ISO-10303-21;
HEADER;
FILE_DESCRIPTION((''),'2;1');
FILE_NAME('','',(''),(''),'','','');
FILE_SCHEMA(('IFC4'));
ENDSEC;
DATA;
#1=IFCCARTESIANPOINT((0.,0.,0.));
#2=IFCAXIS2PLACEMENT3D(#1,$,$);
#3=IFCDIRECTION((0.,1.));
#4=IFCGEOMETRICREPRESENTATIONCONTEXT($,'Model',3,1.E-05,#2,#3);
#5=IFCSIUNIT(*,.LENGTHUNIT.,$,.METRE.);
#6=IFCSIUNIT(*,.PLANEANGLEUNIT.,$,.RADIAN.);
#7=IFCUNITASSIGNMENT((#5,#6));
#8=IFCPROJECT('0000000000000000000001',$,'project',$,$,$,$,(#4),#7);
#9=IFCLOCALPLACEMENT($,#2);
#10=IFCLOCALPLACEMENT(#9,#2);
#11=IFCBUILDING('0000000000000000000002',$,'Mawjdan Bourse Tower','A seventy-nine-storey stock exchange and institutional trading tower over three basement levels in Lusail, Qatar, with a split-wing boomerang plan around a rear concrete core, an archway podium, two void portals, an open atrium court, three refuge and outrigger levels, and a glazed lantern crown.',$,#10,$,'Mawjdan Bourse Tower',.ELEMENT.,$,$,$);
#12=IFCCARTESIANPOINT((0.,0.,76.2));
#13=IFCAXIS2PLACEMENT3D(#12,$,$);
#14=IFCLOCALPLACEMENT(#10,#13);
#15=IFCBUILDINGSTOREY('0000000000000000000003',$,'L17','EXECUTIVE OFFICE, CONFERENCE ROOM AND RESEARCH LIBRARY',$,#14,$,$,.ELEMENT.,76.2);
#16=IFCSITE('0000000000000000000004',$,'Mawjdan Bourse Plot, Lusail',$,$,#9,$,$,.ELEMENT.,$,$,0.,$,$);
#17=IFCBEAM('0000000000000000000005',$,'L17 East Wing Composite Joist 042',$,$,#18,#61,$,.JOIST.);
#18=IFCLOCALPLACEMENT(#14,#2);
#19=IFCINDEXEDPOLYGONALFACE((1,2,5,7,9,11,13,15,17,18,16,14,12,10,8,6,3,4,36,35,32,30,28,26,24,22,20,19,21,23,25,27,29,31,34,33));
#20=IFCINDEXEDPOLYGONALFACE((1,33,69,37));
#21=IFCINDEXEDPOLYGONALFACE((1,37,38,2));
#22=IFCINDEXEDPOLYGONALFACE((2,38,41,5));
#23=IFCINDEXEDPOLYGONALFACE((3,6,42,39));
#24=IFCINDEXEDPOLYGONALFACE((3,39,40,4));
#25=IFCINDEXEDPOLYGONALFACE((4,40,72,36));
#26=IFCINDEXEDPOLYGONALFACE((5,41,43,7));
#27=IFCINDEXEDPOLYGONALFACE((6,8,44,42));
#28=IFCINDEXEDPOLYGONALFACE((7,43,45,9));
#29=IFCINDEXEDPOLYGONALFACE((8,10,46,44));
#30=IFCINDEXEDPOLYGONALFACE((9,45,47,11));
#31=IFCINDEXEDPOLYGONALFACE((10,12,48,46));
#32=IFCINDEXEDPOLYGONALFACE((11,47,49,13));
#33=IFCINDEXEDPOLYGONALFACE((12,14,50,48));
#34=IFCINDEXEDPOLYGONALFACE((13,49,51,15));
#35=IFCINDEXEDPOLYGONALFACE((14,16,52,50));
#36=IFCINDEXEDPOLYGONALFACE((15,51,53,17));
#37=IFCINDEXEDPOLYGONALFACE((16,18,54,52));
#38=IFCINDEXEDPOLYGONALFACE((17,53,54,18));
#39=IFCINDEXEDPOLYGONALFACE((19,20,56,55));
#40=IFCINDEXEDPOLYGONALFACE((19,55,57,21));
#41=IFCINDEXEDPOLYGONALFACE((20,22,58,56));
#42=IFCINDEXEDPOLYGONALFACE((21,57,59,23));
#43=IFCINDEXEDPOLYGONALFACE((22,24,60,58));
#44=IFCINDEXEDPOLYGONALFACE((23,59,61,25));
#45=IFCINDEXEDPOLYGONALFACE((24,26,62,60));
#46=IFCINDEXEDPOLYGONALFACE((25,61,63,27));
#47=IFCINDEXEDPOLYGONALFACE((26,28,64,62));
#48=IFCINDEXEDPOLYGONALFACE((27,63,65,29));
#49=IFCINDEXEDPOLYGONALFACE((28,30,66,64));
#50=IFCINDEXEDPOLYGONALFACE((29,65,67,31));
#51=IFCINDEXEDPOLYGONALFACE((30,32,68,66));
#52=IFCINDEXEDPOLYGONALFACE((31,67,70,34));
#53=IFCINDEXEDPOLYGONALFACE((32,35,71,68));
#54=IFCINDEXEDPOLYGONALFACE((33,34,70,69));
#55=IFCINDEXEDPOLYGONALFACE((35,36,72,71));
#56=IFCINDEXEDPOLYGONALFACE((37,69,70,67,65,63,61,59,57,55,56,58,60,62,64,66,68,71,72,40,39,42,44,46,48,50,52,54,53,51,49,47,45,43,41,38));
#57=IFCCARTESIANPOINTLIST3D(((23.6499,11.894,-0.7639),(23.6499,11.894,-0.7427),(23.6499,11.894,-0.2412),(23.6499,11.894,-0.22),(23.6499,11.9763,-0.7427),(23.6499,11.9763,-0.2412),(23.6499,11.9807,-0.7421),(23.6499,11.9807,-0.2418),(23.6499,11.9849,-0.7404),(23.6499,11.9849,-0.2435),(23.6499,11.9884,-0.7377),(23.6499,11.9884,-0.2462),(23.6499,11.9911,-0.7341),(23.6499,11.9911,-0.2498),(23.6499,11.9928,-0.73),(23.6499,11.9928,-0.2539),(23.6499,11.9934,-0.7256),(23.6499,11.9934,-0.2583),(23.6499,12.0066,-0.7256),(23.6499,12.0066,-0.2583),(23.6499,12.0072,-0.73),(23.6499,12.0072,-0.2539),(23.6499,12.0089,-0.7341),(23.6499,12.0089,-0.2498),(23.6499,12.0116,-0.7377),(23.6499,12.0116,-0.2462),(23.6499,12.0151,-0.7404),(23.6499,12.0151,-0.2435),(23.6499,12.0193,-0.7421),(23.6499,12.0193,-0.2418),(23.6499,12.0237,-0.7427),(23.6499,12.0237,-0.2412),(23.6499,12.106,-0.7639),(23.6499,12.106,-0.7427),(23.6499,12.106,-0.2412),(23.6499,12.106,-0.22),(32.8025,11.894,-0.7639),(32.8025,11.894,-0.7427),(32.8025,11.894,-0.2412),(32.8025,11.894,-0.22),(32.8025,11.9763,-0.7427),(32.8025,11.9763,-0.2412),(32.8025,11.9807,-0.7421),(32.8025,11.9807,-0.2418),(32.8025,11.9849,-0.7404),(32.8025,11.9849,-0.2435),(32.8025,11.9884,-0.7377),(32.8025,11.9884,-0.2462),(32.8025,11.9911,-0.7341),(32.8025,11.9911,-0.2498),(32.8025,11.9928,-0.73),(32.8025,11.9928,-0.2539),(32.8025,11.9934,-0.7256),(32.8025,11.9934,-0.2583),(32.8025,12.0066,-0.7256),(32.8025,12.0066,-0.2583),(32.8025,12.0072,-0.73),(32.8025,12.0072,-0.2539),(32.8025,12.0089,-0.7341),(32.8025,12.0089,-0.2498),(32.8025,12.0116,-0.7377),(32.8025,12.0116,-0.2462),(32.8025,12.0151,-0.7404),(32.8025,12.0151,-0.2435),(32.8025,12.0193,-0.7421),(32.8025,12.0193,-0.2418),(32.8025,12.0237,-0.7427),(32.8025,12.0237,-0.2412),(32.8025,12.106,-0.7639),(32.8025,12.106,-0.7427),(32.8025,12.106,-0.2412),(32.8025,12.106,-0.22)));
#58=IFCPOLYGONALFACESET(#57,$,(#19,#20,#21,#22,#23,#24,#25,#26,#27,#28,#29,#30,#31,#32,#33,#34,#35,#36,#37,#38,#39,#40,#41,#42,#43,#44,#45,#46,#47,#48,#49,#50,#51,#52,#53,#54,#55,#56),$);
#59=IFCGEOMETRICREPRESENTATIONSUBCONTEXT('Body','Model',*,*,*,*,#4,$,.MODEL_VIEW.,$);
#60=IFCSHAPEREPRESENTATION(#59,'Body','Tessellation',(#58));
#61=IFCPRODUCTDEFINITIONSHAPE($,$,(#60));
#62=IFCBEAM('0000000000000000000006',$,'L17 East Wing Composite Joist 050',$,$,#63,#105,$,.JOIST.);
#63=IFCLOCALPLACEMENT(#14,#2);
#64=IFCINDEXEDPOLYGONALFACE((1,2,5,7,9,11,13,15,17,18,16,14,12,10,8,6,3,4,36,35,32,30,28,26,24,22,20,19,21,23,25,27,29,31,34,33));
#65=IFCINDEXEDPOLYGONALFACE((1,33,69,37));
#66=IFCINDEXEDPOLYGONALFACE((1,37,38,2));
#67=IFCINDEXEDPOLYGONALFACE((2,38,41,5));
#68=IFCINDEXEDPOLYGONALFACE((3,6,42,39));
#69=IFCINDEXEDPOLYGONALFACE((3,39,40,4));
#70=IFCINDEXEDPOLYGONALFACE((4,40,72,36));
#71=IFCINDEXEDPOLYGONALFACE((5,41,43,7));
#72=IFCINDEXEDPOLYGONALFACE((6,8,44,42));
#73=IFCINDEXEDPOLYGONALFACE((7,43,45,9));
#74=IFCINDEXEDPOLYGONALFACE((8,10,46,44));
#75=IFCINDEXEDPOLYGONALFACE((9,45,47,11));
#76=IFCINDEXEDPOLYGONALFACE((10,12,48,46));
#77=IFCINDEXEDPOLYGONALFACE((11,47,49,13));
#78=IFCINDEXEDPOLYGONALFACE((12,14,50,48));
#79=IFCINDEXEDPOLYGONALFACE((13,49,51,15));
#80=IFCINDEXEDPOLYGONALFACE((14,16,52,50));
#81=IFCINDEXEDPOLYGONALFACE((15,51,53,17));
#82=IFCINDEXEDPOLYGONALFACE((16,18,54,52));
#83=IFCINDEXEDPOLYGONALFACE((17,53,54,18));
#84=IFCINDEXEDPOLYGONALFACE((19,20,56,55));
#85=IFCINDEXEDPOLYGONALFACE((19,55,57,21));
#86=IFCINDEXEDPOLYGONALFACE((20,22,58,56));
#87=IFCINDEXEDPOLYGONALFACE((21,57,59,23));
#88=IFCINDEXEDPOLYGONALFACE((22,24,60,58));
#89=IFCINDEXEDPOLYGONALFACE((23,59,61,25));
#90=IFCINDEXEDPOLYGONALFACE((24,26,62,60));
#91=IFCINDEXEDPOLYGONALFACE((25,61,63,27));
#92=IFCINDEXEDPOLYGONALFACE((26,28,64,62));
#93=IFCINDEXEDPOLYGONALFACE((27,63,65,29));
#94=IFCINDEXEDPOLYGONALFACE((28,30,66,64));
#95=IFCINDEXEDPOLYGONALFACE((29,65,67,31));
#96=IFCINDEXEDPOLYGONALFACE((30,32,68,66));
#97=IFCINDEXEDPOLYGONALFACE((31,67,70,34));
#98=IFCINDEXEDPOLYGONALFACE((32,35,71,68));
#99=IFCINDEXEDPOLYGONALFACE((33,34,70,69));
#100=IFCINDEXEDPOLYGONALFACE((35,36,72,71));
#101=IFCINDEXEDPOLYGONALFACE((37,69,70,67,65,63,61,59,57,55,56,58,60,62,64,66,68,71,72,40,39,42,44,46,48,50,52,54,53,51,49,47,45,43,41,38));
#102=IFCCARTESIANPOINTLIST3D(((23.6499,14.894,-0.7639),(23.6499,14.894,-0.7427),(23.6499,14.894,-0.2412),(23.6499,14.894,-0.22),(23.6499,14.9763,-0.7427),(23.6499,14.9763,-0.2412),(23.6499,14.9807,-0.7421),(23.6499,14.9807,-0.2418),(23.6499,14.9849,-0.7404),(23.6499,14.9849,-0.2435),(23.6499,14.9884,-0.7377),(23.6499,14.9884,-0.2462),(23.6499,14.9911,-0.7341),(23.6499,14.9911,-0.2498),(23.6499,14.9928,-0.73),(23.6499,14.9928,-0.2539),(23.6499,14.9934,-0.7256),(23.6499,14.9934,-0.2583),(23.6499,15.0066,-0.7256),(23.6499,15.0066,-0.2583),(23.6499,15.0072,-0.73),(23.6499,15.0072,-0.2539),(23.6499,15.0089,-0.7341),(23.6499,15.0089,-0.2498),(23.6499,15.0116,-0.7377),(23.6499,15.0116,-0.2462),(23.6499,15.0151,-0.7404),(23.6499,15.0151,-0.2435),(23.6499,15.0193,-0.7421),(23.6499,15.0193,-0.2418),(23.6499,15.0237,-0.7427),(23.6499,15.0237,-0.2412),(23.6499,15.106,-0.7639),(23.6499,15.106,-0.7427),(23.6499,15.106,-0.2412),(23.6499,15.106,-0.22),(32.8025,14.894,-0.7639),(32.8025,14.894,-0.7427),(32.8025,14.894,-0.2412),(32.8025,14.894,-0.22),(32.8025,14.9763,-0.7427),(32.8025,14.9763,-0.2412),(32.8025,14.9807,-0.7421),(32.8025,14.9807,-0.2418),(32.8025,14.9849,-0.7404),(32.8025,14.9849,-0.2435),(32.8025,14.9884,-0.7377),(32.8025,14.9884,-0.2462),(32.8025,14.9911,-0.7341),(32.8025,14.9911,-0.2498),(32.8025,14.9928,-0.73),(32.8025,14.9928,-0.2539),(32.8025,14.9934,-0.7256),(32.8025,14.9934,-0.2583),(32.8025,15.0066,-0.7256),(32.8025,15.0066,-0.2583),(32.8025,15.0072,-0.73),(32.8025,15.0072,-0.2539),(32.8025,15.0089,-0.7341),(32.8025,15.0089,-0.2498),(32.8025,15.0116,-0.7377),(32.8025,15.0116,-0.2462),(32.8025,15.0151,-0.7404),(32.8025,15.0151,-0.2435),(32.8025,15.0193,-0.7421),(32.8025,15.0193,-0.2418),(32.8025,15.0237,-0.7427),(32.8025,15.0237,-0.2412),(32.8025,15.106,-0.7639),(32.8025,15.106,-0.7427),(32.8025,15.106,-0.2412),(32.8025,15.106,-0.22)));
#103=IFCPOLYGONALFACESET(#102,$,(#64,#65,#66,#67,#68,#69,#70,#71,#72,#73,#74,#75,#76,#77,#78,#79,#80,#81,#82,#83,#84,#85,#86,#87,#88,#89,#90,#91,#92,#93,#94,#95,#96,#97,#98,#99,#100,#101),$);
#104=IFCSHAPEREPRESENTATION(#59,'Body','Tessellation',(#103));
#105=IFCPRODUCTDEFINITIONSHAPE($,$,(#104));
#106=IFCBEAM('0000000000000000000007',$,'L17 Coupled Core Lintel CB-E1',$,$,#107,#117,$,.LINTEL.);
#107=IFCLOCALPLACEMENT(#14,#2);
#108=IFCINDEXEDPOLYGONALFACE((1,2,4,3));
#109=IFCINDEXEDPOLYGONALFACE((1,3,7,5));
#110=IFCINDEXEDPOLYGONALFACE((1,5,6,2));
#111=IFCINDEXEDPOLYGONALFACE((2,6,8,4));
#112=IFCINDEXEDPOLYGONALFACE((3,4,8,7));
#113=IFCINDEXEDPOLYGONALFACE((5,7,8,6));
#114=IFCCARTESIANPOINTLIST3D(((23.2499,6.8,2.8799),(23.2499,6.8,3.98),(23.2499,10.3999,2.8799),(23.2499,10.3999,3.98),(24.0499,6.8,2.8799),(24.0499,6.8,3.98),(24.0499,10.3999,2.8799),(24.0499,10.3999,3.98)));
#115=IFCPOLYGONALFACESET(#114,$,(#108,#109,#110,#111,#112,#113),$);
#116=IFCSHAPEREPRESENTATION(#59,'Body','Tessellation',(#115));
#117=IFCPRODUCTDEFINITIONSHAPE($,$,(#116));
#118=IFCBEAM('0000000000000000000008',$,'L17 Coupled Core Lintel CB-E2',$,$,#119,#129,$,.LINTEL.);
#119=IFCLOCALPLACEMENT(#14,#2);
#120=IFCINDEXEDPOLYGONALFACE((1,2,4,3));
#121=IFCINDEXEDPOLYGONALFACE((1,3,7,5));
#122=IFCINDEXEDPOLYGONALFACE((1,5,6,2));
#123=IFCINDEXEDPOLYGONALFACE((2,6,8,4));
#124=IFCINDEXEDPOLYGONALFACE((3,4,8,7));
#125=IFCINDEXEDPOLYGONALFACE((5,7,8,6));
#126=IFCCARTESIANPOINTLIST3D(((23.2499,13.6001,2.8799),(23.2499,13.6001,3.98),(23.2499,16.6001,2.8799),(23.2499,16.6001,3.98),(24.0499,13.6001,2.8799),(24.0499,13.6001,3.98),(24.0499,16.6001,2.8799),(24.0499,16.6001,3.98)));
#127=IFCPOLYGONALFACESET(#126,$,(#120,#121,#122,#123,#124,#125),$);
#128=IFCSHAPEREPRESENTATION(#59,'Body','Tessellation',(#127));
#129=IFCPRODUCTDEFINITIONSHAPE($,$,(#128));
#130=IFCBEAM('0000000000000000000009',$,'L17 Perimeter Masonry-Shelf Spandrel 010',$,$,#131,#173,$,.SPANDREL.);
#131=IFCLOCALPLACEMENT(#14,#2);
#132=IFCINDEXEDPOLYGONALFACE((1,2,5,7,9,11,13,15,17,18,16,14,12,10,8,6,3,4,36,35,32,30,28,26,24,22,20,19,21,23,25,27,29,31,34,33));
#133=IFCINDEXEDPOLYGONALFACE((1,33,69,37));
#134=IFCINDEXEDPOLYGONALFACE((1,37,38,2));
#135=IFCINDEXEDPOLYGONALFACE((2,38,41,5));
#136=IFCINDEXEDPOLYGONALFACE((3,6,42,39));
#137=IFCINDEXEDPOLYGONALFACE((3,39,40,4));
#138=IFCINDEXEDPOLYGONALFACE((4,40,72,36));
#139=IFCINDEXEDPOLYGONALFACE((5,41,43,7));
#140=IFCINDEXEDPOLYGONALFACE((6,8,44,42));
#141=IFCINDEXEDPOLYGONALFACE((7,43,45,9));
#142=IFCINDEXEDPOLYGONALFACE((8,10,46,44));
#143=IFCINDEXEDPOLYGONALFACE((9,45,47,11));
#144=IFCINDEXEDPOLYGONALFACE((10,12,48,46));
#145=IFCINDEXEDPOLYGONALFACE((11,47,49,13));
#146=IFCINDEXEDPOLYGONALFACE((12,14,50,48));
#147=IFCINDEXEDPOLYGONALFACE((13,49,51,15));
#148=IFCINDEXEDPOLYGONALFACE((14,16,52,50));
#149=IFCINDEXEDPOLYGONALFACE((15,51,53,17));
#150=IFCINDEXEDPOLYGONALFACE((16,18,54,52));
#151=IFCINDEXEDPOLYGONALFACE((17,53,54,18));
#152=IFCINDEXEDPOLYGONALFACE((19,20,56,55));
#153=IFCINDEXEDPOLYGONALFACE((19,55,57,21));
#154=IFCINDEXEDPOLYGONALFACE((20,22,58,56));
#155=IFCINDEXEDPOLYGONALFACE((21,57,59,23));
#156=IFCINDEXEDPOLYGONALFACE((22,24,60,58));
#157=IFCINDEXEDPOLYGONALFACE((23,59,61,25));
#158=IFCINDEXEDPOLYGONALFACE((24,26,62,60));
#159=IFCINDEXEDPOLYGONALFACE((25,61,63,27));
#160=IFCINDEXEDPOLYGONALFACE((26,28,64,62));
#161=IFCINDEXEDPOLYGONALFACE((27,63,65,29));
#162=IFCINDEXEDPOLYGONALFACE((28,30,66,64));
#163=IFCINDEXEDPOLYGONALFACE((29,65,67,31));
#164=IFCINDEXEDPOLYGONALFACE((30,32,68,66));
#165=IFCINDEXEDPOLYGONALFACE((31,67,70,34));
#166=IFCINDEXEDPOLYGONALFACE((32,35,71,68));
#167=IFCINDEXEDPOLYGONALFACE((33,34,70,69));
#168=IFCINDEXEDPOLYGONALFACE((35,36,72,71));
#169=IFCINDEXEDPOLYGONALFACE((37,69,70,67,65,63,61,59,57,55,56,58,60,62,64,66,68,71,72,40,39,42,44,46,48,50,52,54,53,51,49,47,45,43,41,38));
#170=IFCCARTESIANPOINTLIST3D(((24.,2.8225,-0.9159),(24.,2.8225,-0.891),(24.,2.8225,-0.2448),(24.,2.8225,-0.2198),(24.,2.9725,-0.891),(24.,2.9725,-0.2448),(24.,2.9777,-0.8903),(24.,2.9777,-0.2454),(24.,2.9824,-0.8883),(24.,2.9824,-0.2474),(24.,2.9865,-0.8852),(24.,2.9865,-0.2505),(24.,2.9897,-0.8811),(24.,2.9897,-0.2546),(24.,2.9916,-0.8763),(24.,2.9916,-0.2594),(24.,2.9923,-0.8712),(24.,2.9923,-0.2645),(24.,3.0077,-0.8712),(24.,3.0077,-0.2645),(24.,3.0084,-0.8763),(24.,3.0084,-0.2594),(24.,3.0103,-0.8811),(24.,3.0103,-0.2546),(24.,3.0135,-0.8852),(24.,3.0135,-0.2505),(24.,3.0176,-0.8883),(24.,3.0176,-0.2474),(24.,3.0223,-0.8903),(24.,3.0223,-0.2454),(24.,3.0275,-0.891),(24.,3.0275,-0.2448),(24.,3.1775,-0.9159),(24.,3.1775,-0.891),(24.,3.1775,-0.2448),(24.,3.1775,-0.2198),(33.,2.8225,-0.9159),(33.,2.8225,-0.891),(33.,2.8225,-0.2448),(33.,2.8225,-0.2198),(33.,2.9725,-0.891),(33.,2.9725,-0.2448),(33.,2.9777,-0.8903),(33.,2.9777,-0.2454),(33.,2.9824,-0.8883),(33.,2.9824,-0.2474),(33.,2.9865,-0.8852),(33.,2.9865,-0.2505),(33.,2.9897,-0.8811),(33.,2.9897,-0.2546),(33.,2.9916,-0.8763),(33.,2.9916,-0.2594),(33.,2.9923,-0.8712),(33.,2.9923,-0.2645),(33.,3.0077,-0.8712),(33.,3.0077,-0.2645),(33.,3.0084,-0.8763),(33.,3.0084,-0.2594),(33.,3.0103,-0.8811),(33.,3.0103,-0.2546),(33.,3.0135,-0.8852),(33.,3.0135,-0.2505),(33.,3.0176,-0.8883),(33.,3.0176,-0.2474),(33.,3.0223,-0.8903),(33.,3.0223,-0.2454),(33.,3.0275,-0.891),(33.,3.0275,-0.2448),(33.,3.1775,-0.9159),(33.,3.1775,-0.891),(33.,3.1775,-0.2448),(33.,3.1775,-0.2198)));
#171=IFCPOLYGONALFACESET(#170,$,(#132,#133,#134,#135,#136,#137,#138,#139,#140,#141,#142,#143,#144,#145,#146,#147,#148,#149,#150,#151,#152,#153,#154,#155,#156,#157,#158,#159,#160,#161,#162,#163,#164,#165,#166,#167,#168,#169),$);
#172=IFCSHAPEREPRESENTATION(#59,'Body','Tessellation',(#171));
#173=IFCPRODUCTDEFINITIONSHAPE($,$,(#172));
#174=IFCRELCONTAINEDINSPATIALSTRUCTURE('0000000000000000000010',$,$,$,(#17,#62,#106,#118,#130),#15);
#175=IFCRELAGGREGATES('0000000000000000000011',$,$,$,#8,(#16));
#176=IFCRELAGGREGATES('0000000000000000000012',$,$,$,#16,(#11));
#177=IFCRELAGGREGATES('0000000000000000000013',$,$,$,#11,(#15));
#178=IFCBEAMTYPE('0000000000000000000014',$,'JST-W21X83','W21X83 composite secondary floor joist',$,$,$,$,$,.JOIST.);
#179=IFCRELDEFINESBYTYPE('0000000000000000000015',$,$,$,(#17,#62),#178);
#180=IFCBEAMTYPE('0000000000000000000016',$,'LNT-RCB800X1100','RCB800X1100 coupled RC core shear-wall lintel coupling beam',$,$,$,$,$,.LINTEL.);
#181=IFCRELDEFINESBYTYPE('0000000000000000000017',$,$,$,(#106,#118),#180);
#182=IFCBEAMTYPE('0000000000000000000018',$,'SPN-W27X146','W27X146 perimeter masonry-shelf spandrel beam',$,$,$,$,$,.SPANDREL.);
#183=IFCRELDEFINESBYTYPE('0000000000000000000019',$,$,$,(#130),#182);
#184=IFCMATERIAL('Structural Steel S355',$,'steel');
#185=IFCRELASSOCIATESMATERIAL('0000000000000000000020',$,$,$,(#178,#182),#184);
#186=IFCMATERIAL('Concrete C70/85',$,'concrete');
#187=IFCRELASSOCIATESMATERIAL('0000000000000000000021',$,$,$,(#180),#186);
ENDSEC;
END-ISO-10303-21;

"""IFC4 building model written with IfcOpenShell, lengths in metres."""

from ifc_helpers import new_model, si_unit, direction, frame, origin, origin_2d, place, context, subcontext, project, spatial, rectangle, i_section, extrude, material, material_profile, profile_set, type_object, element, save


model = new_model("IFC4")

# Units and contexts
model_context = context("Model", 3, precision=1e-05, world=origin(), true_north=direction((0.0, 1.0)))
body_context = subcontext(model_context, "Body", "Model", "MODEL_VIEW")
ifc_project = project(units=[si_unit("LENGTHUNIT", "METRE"), si_unit("PLANEANGLEUNIT", "RADIAN")], contexts=[model_context])

# Site, building, storey
site_placement = place(None, origin())
site = spatial("IfcSite", under=ifc_project, at=site_placement, Name="Mawjdan Bourse Plot, Lusail", CompositionType="ELEMENT", RefElevation=0.0)
building_placement = place(site_placement, origin())
building = spatial("IfcBuilding", under=site, at=building_placement, Name="Mawjdan Bourse Tower", Description="A seventy-nine-storey stock exchange and institutional trading tower over three basement levels in Lusail, Qatar, with a split-wing boomerang plan around a rear concrete core, an archway podium, two void portals, an open atrium court, three refuge and outrigger levels, and a glazed lantern crown.", LongName="Mawjdan Bourse Tower", CompositionType="ELEMENT")
storey_placement = place(building_placement, frame((0.0, 0.0, 76.2)))
storey = spatial("IfcBuildingStorey", under=building, at=storey_placement, Name="L17", Description="EXECUTIVE OFFICE, CONFERENCE ROOM AND RESEARCH LIBRARY", CompositionType="ELEMENT", Elevation=76.2)

# Beams
ifc_material_1 = material(Name="Structural Steel S355", Category="steel")
ifc_material_profile_1 = material_profile(ifc_material_1, i_section(OverallWidth=0.2119, OverallDepth=0.5439, WebThickness=0.0132, FlangeThickness=0.0212, FilletRadius=0.0171, at=origin_2d()), Name="W21X83")
ifc_profile_set_1 = profile_set([ifc_material_profile_1], Name="Structural Steel S355")
beam_type_1 = type_object("IfcBeamType", Name="JST-W21X83", Description="W21X83 composite secondary floor joist", PredefinedType="JOIST", material=ifc_profile_set_1)
for number, where, z_axis, x_axis, name in (
    (1, (23.6499, 12.0, -0.4919), (1.0, 0.0, 0.0), (0.0, 1.0, 0.0), "L17 East Wing Composite Joist 042"),
    (2, (23.6499, 15.0, -0.4919), (1.0, 0.0, 0.0), (0.0, 1.0, 0.0), "L17 East Wing Composite Joist 050"),
):
    element("IfcBeam", number, at=place(storey_placement, frame(where, z_axis=z_axis, x_axis=x_axis)), inside=storey, type_object=beam_type_1, Name=name, PredefinedType="JOIST", context=body_context, shape_type="SweptSolid", body=[
        extrude(i_section(OverallWidth=0.2119, OverallDepth=0.5439, WebThickness=0.0132, FlangeThickness=0.0212, FilletRadius=0.0171, at=origin_2d()), origin(), (0.0, 0.0, 1.0), 9.1526),
    ])
ifc_material_2 = material(Name="Concrete C70/85", Category="concrete")
ifc_material_profile_2 = material_profile(ifc_material_2, rectangle(XDim=0.8, YDim=1.1001, at=origin_2d()), Name="RCB800X1100")
ifc_profile_set_2 = profile_set([ifc_material_profile_2], Name="Concrete C70/85")
beam_type_2 = type_object("IfcBeamType", Name="LNT-RCB800X1100", Description="RCB800X1100 coupled RC core shear-wall lintel coupling beam", PredefinedType="LINTEL", material=ifc_profile_set_2)
beam_1_placement = place(storey_placement, frame((23.6499, 6.8, 3.4299), z_axis=(0.0, 1.0, 0.0), x_axis=(-1.0, 0.0, 0.0)))
element("IfcBeam", 3, at=beam_1_placement, inside=storey, type_object=beam_type_2, Name="L17 Coupled Core Lintel CB-E1", PredefinedType="LINTEL", context=body_context, shape_type="SweptSolid", body=[
    extrude(rectangle(XDim=0.8, YDim=1.1001, at=origin_2d()), origin(), (0.0, 0.0, 1.0), 3.5999),
])
beam_2_placement = place(storey_placement, frame((23.6499, 13.6001, 3.4299), z_axis=(0.0, 1.0, 0.0), x_axis=(-1.0, 0.0, 0.0)))
element("IfcBeam", 4, at=beam_2_placement, inside=storey, type_object=beam_type_2, Name="L17 Coupled Core Lintel CB-E2", PredefinedType="LINTEL", context=body_context, shape_type="SweptSolid", body=[
    extrude(rectangle(XDim=0.8, YDim=1.1001, at=origin_2d()), origin(), (0.0, 0.0, 1.0), 3.0),
])
ifc_material_profile_3 = material_profile(ifc_material_1, i_section(OverallWidth=0.355, OverallDepth=0.696, WebThickness=0.0154, FlangeThickness=0.0249, FilletRadius=0.0198, at=origin_2d()), Name="W27X146")
ifc_profile_set_3 = profile_set([ifc_material_profile_3], Name="Structural Steel S355")
beam_type_3 = type_object("IfcBeamType", Name="SPN-W27X146", Description="W27X146 perimeter masonry-shelf spandrel beam", PredefinedType="SPANDREL", material=ifc_profile_set_3)
for number, where, z_axis, x_axis, name in (
    (5, (24.0, 3.0, -0.5679), (1.0, 0.0, 0.0), (0.0, 1.0, 0.0), "L17 Perimeter Masonry-Shelf Spandrel 010"),
):
    element("IfcBeam", number, at=place(storey_placement, frame(where, z_axis=z_axis, x_axis=x_axis)), inside=storey, type_object=beam_type_3, Name=name, PredefinedType="SPANDREL", context=body_context, shape_type="SweptSolid", body=[
        extrude(i_section(OverallWidth=0.355, OverallDepth=0.696, WebThickness=0.0154, FlangeThickness=0.0249, FilletRadius=0.0198, at=origin_2d()), origin(), (0.0, 0.0, 1.0), 9.0),
    ])

save(model, "model.ifc")
